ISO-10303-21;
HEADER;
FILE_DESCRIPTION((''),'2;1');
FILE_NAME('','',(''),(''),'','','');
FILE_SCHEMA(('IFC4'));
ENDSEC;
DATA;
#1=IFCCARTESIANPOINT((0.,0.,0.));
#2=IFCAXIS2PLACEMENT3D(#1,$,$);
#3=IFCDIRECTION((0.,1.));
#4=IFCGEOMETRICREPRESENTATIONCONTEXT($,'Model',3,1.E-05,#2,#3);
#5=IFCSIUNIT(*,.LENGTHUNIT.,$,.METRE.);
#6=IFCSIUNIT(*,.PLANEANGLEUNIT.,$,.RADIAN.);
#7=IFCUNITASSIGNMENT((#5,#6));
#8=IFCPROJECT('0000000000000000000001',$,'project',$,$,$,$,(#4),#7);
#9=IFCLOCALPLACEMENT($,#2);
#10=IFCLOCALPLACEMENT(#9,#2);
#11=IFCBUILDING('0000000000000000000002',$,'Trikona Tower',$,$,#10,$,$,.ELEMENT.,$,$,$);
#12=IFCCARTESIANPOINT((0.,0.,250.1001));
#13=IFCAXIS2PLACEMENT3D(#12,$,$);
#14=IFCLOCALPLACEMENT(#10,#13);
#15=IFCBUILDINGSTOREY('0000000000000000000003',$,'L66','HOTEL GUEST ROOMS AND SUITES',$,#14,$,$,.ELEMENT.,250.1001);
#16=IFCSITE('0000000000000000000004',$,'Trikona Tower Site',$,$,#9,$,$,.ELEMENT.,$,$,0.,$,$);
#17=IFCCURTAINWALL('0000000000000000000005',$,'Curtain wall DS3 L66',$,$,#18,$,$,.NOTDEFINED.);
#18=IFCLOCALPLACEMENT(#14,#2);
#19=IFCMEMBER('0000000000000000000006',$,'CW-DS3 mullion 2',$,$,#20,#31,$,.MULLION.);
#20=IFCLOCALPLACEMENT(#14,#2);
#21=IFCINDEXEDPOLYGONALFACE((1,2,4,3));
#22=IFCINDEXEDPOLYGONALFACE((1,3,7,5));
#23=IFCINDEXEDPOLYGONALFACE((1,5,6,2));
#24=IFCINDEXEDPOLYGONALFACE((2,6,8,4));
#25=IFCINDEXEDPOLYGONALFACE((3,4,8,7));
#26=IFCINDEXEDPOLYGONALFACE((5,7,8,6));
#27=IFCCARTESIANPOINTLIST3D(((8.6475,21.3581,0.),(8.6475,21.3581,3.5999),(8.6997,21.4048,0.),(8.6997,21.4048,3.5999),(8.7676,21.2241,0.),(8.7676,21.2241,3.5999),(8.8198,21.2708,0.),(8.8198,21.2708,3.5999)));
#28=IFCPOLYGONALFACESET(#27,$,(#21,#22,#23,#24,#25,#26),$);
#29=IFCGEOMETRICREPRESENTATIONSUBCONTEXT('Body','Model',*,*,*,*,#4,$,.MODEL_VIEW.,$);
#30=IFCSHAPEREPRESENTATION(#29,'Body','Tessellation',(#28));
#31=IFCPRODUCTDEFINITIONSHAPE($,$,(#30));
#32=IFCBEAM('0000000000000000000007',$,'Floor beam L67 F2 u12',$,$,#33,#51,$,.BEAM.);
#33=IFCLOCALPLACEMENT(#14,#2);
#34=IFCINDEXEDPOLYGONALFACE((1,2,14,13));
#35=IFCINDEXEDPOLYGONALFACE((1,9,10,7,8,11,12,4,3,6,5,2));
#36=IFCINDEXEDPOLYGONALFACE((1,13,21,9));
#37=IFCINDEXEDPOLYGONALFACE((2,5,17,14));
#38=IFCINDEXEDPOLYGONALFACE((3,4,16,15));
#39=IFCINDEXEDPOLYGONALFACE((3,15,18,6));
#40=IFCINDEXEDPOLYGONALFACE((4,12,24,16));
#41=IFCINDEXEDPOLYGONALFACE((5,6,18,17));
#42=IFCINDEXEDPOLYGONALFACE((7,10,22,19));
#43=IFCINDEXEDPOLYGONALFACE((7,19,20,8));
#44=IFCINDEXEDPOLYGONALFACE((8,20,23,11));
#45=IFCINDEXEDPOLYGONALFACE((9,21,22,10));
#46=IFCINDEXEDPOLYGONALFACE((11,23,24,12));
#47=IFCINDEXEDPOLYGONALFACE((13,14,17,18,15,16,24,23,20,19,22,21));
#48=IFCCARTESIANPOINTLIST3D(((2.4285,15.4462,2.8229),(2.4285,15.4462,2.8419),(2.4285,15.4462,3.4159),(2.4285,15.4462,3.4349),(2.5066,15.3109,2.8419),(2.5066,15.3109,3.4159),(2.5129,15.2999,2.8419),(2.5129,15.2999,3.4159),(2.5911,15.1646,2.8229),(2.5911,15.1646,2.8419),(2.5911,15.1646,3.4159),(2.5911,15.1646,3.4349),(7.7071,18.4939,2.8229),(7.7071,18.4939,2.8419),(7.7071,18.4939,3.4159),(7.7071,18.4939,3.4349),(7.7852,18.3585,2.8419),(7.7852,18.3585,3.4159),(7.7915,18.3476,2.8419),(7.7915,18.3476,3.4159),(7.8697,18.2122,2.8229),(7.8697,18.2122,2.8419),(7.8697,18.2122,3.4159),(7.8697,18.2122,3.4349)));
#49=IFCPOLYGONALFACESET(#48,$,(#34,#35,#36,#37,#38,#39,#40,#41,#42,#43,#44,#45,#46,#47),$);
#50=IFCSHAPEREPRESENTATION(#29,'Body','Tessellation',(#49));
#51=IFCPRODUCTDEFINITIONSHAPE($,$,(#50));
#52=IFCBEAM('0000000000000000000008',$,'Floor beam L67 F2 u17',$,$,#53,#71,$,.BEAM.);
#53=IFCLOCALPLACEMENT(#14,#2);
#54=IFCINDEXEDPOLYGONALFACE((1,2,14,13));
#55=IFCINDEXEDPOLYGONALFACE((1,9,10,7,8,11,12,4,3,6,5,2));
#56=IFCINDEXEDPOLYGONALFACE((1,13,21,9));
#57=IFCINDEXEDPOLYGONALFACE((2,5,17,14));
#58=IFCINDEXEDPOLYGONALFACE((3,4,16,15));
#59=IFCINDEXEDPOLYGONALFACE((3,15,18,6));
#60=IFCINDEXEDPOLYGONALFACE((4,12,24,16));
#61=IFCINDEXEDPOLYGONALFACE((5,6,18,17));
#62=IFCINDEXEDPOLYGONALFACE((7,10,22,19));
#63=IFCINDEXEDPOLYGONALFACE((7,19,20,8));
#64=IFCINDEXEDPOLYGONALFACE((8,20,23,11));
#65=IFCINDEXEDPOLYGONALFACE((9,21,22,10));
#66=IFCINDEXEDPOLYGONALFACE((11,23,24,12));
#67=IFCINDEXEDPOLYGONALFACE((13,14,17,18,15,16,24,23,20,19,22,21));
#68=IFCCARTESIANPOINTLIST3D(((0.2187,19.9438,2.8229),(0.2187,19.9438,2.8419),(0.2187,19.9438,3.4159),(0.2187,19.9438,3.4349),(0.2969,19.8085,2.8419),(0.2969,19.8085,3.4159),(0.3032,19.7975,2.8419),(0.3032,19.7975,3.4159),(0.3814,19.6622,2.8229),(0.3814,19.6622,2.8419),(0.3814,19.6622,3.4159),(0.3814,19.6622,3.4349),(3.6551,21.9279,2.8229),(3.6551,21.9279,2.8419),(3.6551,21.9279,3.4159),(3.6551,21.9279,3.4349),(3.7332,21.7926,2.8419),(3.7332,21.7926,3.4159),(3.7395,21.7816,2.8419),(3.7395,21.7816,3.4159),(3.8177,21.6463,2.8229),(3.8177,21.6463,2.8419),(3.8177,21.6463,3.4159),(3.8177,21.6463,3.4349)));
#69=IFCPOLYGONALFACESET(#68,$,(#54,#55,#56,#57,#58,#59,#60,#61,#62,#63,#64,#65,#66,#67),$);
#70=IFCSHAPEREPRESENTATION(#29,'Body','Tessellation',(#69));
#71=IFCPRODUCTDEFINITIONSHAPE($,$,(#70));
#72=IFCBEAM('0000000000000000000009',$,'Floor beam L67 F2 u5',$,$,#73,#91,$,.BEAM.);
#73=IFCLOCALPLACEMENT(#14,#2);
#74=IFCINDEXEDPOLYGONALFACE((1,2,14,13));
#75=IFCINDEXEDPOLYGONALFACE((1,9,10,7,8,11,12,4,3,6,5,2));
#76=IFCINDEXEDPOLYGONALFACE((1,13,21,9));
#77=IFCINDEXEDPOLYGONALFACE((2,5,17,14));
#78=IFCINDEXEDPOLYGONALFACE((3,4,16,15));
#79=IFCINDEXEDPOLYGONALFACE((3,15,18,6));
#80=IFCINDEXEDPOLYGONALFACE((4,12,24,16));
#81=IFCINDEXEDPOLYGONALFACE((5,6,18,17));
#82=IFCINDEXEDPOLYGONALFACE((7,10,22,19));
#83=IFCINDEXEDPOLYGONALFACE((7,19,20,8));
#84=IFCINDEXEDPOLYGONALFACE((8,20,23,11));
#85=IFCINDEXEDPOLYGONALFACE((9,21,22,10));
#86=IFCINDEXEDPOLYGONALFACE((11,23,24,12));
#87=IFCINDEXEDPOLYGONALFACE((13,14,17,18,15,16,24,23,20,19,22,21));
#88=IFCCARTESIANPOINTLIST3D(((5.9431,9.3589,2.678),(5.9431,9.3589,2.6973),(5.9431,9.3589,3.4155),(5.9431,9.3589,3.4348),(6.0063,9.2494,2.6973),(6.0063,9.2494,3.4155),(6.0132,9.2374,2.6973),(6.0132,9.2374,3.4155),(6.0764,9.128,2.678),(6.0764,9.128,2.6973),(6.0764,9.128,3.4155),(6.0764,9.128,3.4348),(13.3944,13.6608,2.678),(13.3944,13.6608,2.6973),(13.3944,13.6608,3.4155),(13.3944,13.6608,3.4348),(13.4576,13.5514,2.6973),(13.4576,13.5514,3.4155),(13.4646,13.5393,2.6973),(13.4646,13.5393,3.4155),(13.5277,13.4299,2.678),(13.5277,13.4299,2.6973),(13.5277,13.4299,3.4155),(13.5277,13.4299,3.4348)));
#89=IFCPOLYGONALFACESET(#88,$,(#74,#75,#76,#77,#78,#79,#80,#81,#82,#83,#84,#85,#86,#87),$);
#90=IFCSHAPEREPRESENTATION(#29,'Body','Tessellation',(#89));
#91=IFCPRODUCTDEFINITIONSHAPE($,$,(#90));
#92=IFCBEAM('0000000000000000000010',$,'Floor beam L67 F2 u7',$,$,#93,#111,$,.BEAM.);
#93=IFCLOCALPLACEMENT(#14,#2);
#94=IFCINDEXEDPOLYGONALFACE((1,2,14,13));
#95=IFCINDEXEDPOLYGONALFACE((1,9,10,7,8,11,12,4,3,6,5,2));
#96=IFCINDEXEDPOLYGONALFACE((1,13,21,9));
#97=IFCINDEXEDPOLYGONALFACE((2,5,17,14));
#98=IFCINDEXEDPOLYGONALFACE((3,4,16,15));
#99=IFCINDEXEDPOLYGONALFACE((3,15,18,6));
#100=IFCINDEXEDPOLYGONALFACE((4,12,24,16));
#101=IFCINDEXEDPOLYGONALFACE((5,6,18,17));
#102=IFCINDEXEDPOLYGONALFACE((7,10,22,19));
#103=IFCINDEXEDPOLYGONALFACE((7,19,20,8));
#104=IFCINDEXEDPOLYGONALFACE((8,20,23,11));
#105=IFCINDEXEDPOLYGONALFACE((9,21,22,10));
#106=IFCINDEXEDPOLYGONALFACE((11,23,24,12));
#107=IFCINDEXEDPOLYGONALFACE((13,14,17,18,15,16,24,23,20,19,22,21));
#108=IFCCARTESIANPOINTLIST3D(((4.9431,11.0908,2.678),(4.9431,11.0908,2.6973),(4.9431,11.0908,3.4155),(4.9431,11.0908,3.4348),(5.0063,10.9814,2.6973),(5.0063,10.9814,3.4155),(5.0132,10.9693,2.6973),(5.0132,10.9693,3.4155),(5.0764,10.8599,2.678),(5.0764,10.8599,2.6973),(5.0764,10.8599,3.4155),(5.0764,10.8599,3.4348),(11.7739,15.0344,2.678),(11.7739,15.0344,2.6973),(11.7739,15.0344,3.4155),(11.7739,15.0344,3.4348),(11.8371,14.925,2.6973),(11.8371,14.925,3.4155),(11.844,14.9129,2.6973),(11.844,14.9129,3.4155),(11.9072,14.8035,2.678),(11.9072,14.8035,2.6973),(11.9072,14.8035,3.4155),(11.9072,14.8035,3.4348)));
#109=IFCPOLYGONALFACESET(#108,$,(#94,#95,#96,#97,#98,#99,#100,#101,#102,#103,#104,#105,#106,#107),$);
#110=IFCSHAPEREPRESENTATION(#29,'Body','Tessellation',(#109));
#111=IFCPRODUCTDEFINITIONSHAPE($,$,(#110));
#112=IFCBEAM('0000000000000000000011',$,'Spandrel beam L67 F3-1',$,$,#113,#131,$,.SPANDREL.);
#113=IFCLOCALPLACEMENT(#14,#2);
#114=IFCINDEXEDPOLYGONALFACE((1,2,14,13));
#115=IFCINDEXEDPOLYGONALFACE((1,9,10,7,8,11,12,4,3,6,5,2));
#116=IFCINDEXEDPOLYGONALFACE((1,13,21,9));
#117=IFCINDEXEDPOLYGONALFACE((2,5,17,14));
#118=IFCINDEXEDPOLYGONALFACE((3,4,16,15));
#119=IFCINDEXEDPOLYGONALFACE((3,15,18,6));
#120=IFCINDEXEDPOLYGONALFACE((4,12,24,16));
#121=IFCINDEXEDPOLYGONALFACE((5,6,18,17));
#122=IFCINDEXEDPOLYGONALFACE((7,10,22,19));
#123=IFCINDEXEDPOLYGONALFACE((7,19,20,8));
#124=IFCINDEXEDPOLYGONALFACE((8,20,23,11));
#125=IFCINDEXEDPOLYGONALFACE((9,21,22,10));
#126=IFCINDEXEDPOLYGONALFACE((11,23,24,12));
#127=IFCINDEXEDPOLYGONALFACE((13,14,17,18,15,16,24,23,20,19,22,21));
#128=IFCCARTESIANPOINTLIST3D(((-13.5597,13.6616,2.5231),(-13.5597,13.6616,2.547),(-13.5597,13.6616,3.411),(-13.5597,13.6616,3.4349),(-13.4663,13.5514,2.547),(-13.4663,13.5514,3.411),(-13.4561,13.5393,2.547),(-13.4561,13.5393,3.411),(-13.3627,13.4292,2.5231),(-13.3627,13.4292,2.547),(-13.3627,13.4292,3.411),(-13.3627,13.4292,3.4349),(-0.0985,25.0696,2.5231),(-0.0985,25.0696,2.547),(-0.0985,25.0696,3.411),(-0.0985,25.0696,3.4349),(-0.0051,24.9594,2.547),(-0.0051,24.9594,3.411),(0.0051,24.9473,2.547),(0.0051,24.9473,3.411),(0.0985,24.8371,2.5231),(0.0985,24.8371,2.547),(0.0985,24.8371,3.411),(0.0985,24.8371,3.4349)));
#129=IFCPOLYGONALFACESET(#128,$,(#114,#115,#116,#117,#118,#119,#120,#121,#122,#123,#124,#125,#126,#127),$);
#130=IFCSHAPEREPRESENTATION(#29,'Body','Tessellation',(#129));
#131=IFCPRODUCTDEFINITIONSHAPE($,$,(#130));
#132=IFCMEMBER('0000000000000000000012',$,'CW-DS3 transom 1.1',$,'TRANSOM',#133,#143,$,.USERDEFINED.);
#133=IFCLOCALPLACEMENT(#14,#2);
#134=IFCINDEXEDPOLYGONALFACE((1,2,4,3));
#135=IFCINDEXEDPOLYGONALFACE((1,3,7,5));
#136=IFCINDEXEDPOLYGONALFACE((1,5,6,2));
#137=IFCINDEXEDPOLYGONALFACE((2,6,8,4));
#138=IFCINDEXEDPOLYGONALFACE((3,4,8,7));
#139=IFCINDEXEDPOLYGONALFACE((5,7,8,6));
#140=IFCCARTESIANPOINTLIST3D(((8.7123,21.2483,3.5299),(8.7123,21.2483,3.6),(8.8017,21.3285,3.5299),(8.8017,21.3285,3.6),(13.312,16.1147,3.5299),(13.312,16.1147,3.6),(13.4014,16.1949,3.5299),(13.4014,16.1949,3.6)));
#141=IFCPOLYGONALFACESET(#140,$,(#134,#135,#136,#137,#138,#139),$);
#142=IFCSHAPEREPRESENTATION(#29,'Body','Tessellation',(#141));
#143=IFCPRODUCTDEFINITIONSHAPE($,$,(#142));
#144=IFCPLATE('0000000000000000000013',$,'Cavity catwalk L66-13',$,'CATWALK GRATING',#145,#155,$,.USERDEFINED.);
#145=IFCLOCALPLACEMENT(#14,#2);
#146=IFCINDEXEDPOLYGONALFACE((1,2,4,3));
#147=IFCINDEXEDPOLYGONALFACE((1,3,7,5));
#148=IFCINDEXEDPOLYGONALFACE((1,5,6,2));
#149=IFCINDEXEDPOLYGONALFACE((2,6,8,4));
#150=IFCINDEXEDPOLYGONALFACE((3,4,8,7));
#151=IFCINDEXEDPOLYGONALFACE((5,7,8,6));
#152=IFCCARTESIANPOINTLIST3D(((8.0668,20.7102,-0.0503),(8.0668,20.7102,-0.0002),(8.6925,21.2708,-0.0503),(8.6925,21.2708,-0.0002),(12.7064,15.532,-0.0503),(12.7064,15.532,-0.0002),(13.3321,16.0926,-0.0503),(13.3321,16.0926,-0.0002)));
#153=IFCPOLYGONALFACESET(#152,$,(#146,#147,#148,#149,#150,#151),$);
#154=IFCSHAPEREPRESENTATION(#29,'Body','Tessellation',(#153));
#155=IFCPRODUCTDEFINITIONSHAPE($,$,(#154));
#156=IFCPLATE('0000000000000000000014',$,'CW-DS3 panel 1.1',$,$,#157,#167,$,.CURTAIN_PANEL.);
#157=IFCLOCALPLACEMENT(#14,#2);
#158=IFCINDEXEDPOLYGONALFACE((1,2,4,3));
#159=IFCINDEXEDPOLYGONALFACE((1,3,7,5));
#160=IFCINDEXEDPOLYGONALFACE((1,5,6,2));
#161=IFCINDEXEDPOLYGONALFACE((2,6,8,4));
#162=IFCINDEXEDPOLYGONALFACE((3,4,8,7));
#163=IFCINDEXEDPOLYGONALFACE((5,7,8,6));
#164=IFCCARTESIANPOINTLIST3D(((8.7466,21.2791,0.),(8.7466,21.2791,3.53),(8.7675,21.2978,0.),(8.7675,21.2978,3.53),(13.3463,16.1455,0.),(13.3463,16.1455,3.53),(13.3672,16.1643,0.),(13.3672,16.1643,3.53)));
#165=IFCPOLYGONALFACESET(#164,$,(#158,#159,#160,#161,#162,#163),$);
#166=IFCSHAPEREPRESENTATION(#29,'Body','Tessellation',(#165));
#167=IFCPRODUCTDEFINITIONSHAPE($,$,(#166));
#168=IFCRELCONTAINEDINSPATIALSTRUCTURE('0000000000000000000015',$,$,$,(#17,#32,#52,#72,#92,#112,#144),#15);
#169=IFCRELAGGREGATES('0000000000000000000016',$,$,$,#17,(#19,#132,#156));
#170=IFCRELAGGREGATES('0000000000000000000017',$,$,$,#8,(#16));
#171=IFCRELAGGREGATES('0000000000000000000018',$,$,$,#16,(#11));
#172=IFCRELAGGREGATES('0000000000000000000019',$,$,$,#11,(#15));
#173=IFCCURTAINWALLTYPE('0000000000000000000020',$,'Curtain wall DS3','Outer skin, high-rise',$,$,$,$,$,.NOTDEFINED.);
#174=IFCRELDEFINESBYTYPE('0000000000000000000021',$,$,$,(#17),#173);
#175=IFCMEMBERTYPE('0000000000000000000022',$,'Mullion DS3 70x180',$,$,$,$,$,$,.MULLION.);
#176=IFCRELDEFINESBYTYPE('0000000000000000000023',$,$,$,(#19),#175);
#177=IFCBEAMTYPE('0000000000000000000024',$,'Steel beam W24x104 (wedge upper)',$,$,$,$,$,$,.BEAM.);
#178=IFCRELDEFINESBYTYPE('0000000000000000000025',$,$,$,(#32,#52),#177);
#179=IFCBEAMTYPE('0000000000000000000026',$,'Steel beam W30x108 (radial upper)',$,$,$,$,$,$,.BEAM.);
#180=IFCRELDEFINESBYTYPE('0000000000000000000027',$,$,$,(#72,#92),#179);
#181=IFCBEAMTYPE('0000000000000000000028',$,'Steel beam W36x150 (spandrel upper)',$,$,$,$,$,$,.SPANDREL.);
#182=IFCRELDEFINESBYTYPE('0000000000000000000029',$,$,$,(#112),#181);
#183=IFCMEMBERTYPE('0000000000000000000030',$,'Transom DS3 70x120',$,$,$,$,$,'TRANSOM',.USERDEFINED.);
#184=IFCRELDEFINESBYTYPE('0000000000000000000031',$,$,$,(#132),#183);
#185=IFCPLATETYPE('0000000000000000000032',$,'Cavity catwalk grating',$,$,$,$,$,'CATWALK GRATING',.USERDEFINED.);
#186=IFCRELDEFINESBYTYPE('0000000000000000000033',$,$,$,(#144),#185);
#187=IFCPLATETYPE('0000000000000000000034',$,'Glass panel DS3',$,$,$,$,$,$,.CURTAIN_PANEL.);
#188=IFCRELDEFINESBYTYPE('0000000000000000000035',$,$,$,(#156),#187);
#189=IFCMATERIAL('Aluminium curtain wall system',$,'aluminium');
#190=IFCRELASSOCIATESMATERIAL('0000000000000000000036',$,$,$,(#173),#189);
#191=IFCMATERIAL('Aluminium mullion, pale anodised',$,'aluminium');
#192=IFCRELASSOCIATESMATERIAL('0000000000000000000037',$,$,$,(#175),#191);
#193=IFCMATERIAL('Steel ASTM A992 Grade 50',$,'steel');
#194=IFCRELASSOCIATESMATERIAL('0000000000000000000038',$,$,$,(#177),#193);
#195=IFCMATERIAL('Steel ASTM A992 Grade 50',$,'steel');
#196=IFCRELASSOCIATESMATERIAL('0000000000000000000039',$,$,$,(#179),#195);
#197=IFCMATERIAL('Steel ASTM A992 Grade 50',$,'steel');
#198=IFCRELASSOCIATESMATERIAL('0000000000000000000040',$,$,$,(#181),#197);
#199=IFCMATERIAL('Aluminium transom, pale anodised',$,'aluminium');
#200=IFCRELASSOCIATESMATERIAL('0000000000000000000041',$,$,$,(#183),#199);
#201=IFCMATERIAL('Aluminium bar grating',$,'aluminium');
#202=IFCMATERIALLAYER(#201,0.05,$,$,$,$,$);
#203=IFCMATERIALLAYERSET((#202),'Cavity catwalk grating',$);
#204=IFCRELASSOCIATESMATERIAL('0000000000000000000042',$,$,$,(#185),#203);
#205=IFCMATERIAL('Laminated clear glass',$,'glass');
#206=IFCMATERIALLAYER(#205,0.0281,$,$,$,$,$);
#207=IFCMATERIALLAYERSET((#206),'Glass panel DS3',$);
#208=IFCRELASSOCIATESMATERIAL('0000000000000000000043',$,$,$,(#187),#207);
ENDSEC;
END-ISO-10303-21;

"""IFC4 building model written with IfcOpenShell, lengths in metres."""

from ifc_helpers import new_model, si_unit, direction, frame, origin, origin_2d, place, context, subcontext, project, spatial, rectangle, i_section, extrude, material, layer, layer_set, material_profile, profile_set, type_object, element, aggregate, save


model = new_model("IFC4")

# Units and contexts
model_context = context("Model", 3, precision=1e-05, world=origin(), true_north=direction((0.0, 1.0)))
body_context = subcontext(model_context, "Body", "Model", "MODEL_VIEW")
ifc_project = project(units=[si_unit("LENGTHUNIT", "METRE"), si_unit("PLANEANGLEUNIT", "RADIAN")], contexts=[model_context])

# Site, building, storey
site_placement = place(None, origin())
site = spatial("IfcSite", under=ifc_project, at=site_placement, Name="Trikona Tower Site", CompositionType="ELEMENT", RefElevation=0.0)
building_placement = place(site_placement, origin())
building = spatial("IfcBuilding", under=site, at=building_placement, Name="Trikona Tower", CompositionType="ELEMENT")
storey_placement = place(building_placement, frame((0.0, 0.0, 250.1001)))
storey = spatial("IfcBuildingStorey", under=building, at=storey_placement, Name="L66", Description="HOTEL GUEST ROOMS AND SUITES", CompositionType="ELEMENT", Elevation=250.1001)

# Curtain wall, member
ifc_material_1 = material(Name="Aluminium curtain wall system", Category="aluminium")
curtain_wall_type = type_object("IfcCurtainWallType", Name="Curtain wall DS3", Description="Outer skin, high-rise", PredefinedType="NOTDEFINED", material=ifc_material_1)
curtain_wall_placement = place(storey_placement, origin())
curtain_wall = element("IfcCurtainWall", 1, at=curtain_wall_placement, inside=storey, type_object=curtain_wall_type, Name="Curtain wall DS3 L66", PredefinedType="NOTDEFINED")
ifc_material_2 = material(Name="Aluminium mullion, pale anodised", Category="aluminium")
ifc_material_profile_1 = material_profile(ifc_material_2, rectangle(XDim=0.0701, YDim=0.1799, at=origin_2d()), Name="MUL-DS3")
ifc_profile_set_1 = profile_set([ifc_material_profile_1], Name="Aluminium mullion, pale anodised")
member_type_1 = type_object("IfcMemberType", Name="Mullion DS3 70x180", PredefinedType="MULLION", material=ifc_profile_set_1)
member_1_placement = place(storey_placement, frame((8.7336, 21.3145, 0.0), z_axis=(0.0, 0.0, 1.0), x_axis=(-0.744771, -0.66732, 0.0)))
member_1 = element("IfcMember", 2, at=member_1_placement, type_object=member_type_1, Name="CW-DS3 mullion 2", PredefinedType="MULLION", context=body_context, shape_type="SweptSolid", body=[
    extrude(rectangle(XDim=0.0701, YDim=0.1799, at=origin_2d()), origin(), (0.0, 0.0, 1.0), 3.5999),
])

# Beams
ifc_material_3 = material(Name="Steel ASTM A992 Grade 50", Category="steel")
ifc_material_profile_2 = material_profile(ifc_material_3, i_section(OverallWidth=0.3252, OverallDepth=0.6121, WebThickness=0.0127, FlangeThickness=0.019, at=origin_2d()), Name="W24X104")
ifc_profile_set_2 = profile_set([ifc_material_profile_2], Name="Steel ASTM A992 Grade 50")
beam_type_1 = type_object("IfcBeamType", Name="Steel beam W24x104 (wedge upper)", PredefinedType="BEAM", material=ifc_profile_set_2)
beam_1_placement = place(storey_placement, frame((2.5098, 15.3054, 3.1289), z_axis=(0.866023, 0.500003, 0.0), x_axis=(-0.500003, 0.866023, 0.0)))
element("IfcBeam", 3, at=beam_1_placement, inside=storey, type_object=beam_type_1, Name="Floor beam L67 F2 u12", PredefinedType="BEAM", context=body_context, shape_type="SweptSolid", body=[
    extrude(i_section(OverallWidth=0.3252, OverallDepth=0.6121, WebThickness=0.0127, FlangeThickness=0.019, at=origin_2d()), origin(), (0.0, 0.0, 1.0), 6.0952),
])
beam_2_placement = place(storey_placement, frame((0.3, 19.803, 3.1289), z_axis=(0.866004, 0.500037, 0.0), x_axis=(-0.500037, 0.866004, 0.0)))
element("IfcBeam", 4, at=beam_2_placement, inside=storey, type_object=beam_type_1, Name="Floor beam L67 F2 u17", PredefinedType="BEAM", context=body_context, shape_type="SweptSolid", body=[
    extrude(i_section(OverallWidth=0.3252, OverallDepth=0.6121, WebThickness=0.0127, FlangeThickness=0.019, at=origin_2d()), origin(), (0.0, 0.0, 1.0), 3.968),
])
ifc_material_4 = material(Name="Steel ASTM A992 Grade 50", Category="steel")
ifc_material_profile_3 = material_profile(ifc_material_4, i_section(OverallWidth=0.2666, OverallDepth=0.7568, WebThickness=0.0139, FlangeThickness=0.0193, at=origin_2d()), Name="W30X108")
ifc_profile_set_3 = profile_set([ifc_material_profile_3], Name="Steel ASTM A992 Grade 50")
beam_type_2 = type_object("IfcBeamType", Name="Steel beam W30x108 (radial upper)", PredefinedType="BEAM", material=ifc_profile_set_3)
beam_3_placement = place(storey_placement, frame((6.0098, 9.2434, 3.0564), z_axis=(0.866029, 0.499993, 0.0), x_axis=(-0.499993, 0.866029, 0.0)))
element("IfcBeam", 5, at=beam_3_placement, inside=storey, type_object=beam_type_2, Name="Floor beam L67 F2 u5", PredefinedType="BEAM", context=body_context, shape_type="SweptSolid", body=[
    extrude(i_section(OverallWidth=0.2666, OverallDepth=0.7568, WebThickness=0.0139, FlangeThickness=0.0193, at=origin_2d()), origin(), (0.0, 0.0, 1.0), 8.604),
])
beam_4_placement = place(storey_placement, frame((5.0098, 10.9753, 3.0564), z_axis=(0.866035, 0.499984, 0.0), x_axis=(-0.499984, 0.866035, 0.0)))
element("IfcBeam", 6, at=beam_4_placement, inside=storey, type_object=beam_type_2, Name="Floor beam L67 F2 u7", PredefinedType="BEAM", context=body_context, shape_type="SweptSolid", body=[
    extrude(i_section(OverallWidth=0.2666, OverallDepth=0.7568, WebThickness=0.0139, FlangeThickness=0.0193, at=origin_2d()), origin(), (0.0, 0.0, 1.0), 7.8875),
])
ifc_material_5 = material(Name="Steel ASTM A992 Grade 50", Category="steel")
ifc_material_profile_4 = material_profile(ifc_material_5, i_section(OverallWidth=0.3047, OverallDepth=0.9119, WebThickness=0.0159, FlangeThickness=0.0239, at=origin_2d()), Name="W36X150")
ifc_profile_set_4 = profile_set([ifc_material_profile_4], Name="Steel ASTM A992 Grade 50")
beam_type_3 = type_object("IfcBeamType", Name="Steel beam W36x150 (spandrel upper)", PredefinedType="SPANDREL", material=ifc_profile_set_4)
beam_5_placement = place(storey_placement, frame((0.0, 24.9534, 2.979), z_axis=(-0.762891, -0.646528, 0.0), x_axis=(0.646528, -0.762891, 0.0)))
element("IfcBeam", 7, at=beam_5_placement, inside=storey, type_object=beam_type_3, Name="Spandrel beam L67 F3-1", PredefinedType="SPANDREL", context=body_context, shape_type="SweptSolid", body=[
    extrude(i_section(OverallWidth=0.3047, OverallDepth=0.9119, WebThickness=0.0159, FlangeThickness=0.0239, at=origin_2d()), origin(), (0.0, 0.0, 1.0), 17.645),
])

# Member
ifc_material_6 = material(Name="Aluminium transom, pale anodised", Category="aluminium")
ifc_material_profile_5 = material_profile(ifc_material_6, rectangle(XDim=0.1201, YDim=0.0701, at=origin_2d()), Name="TRN-DS3")
ifc_profile_set_5 = profile_set([ifc_material_profile_5], Name="Aluminium transom, pale anodised")
member_type_2 = type_object("IfcMemberType", Name="Transom DS3 70x120", ElementType="TRANSOM", PredefinedType="USERDEFINED", material=ifc_profile_set_5)
member_2_placement = place(storey_placement, frame((13.3567, 16.1548, 3.5649), z_axis=(-0.667313, 0.744777, 0.0), x_axis=(-0.744777, -0.667313, 0.0)))
member_2 = element("IfcMember", 8, at=member_2_placement, type_object=member_type_2, Name="CW-DS3 transom 1.1", ObjectType="TRANSOM", PredefinedType="USERDEFINED", context=body_context, shape_type="SweptSolid", body=[
    extrude(rectangle(XDim=0.1201, YDim=0.0701, at=origin_2d()), origin(), (0.0, 0.0, 1.0), 6.8928),
])

# Plates
ifc_material_7 = material(Name="Aluminium bar grating", Category="aluminium")
ifc_layer_1 = layer(ifc_material_7, 0.05)
ifc_layer_set_1 = layer_set([ifc_layer_1], Name="Cavity catwalk grating")
plate_type_1 = type_object("IfcPlateType", Name="Cavity catwalk grating", ElementType="CATWALK GRATING", PredefinedType="USERDEFINED", material=ifc_layer_set_1)
plate_1_placement = place(storey_placement, frame((10.6995, 18.4014, -0.0503), z_axis=(0.0, 0.0, 1.0), x_axis=(-0.667311, 0.744779, 0.0)))
element("IfcPlate", 9, at=plate_1_placement, inside=storey, type_object=plate_type_1, Name="Cavity catwalk L66-13", ObjectType="CATWALK GRATING", PredefinedType="USERDEFINED", context=body_context, shape_type="SweptSolid", body=[
    extrude(rectangle(XDim=6.9526, YDim=0.8401, at=origin_2d()), origin(), (0.0, 0.0, 1.0), 0.05),
])
ifc_material_8 = material(Name="Laminated clear glass", Category="glass")
ifc_layer_2 = layer(ifc_material_8, 0.0281)
ifc_layer_set_2 = layer_set([ifc_layer_2], Name="Glass panel DS3")
plate_type_2 = type_object("IfcPlateType", Name="Glass panel DS3", PredefinedType="CURTAIN_PANEL", material=ifc_layer_set_2)
plate_2_placement = place(storey_placement, frame((11.0569, 18.7217, 0.0), z_axis=(0.0, 0.0, 1.0), x_axis=(-0.66732, 0.744771, 0.0)))
plate_2 = element("IfcPlate", 10, at=plate_2_placement, type_object=plate_type_2, Name="CW-DS3 panel 1.1", PredefinedType="CURTAIN_PANEL", context=body_context, shape_type="SweptSolid", body=[
    extrude(rectangle(XDim=6.8928, YDim=0.0281, at=origin_2d()), origin(), (0.0, 0.0, 1.0), 3.53),
])
aggregate(curtain_wall, [member_1, member_2, plate_2])

save(model, "model.ifc")
